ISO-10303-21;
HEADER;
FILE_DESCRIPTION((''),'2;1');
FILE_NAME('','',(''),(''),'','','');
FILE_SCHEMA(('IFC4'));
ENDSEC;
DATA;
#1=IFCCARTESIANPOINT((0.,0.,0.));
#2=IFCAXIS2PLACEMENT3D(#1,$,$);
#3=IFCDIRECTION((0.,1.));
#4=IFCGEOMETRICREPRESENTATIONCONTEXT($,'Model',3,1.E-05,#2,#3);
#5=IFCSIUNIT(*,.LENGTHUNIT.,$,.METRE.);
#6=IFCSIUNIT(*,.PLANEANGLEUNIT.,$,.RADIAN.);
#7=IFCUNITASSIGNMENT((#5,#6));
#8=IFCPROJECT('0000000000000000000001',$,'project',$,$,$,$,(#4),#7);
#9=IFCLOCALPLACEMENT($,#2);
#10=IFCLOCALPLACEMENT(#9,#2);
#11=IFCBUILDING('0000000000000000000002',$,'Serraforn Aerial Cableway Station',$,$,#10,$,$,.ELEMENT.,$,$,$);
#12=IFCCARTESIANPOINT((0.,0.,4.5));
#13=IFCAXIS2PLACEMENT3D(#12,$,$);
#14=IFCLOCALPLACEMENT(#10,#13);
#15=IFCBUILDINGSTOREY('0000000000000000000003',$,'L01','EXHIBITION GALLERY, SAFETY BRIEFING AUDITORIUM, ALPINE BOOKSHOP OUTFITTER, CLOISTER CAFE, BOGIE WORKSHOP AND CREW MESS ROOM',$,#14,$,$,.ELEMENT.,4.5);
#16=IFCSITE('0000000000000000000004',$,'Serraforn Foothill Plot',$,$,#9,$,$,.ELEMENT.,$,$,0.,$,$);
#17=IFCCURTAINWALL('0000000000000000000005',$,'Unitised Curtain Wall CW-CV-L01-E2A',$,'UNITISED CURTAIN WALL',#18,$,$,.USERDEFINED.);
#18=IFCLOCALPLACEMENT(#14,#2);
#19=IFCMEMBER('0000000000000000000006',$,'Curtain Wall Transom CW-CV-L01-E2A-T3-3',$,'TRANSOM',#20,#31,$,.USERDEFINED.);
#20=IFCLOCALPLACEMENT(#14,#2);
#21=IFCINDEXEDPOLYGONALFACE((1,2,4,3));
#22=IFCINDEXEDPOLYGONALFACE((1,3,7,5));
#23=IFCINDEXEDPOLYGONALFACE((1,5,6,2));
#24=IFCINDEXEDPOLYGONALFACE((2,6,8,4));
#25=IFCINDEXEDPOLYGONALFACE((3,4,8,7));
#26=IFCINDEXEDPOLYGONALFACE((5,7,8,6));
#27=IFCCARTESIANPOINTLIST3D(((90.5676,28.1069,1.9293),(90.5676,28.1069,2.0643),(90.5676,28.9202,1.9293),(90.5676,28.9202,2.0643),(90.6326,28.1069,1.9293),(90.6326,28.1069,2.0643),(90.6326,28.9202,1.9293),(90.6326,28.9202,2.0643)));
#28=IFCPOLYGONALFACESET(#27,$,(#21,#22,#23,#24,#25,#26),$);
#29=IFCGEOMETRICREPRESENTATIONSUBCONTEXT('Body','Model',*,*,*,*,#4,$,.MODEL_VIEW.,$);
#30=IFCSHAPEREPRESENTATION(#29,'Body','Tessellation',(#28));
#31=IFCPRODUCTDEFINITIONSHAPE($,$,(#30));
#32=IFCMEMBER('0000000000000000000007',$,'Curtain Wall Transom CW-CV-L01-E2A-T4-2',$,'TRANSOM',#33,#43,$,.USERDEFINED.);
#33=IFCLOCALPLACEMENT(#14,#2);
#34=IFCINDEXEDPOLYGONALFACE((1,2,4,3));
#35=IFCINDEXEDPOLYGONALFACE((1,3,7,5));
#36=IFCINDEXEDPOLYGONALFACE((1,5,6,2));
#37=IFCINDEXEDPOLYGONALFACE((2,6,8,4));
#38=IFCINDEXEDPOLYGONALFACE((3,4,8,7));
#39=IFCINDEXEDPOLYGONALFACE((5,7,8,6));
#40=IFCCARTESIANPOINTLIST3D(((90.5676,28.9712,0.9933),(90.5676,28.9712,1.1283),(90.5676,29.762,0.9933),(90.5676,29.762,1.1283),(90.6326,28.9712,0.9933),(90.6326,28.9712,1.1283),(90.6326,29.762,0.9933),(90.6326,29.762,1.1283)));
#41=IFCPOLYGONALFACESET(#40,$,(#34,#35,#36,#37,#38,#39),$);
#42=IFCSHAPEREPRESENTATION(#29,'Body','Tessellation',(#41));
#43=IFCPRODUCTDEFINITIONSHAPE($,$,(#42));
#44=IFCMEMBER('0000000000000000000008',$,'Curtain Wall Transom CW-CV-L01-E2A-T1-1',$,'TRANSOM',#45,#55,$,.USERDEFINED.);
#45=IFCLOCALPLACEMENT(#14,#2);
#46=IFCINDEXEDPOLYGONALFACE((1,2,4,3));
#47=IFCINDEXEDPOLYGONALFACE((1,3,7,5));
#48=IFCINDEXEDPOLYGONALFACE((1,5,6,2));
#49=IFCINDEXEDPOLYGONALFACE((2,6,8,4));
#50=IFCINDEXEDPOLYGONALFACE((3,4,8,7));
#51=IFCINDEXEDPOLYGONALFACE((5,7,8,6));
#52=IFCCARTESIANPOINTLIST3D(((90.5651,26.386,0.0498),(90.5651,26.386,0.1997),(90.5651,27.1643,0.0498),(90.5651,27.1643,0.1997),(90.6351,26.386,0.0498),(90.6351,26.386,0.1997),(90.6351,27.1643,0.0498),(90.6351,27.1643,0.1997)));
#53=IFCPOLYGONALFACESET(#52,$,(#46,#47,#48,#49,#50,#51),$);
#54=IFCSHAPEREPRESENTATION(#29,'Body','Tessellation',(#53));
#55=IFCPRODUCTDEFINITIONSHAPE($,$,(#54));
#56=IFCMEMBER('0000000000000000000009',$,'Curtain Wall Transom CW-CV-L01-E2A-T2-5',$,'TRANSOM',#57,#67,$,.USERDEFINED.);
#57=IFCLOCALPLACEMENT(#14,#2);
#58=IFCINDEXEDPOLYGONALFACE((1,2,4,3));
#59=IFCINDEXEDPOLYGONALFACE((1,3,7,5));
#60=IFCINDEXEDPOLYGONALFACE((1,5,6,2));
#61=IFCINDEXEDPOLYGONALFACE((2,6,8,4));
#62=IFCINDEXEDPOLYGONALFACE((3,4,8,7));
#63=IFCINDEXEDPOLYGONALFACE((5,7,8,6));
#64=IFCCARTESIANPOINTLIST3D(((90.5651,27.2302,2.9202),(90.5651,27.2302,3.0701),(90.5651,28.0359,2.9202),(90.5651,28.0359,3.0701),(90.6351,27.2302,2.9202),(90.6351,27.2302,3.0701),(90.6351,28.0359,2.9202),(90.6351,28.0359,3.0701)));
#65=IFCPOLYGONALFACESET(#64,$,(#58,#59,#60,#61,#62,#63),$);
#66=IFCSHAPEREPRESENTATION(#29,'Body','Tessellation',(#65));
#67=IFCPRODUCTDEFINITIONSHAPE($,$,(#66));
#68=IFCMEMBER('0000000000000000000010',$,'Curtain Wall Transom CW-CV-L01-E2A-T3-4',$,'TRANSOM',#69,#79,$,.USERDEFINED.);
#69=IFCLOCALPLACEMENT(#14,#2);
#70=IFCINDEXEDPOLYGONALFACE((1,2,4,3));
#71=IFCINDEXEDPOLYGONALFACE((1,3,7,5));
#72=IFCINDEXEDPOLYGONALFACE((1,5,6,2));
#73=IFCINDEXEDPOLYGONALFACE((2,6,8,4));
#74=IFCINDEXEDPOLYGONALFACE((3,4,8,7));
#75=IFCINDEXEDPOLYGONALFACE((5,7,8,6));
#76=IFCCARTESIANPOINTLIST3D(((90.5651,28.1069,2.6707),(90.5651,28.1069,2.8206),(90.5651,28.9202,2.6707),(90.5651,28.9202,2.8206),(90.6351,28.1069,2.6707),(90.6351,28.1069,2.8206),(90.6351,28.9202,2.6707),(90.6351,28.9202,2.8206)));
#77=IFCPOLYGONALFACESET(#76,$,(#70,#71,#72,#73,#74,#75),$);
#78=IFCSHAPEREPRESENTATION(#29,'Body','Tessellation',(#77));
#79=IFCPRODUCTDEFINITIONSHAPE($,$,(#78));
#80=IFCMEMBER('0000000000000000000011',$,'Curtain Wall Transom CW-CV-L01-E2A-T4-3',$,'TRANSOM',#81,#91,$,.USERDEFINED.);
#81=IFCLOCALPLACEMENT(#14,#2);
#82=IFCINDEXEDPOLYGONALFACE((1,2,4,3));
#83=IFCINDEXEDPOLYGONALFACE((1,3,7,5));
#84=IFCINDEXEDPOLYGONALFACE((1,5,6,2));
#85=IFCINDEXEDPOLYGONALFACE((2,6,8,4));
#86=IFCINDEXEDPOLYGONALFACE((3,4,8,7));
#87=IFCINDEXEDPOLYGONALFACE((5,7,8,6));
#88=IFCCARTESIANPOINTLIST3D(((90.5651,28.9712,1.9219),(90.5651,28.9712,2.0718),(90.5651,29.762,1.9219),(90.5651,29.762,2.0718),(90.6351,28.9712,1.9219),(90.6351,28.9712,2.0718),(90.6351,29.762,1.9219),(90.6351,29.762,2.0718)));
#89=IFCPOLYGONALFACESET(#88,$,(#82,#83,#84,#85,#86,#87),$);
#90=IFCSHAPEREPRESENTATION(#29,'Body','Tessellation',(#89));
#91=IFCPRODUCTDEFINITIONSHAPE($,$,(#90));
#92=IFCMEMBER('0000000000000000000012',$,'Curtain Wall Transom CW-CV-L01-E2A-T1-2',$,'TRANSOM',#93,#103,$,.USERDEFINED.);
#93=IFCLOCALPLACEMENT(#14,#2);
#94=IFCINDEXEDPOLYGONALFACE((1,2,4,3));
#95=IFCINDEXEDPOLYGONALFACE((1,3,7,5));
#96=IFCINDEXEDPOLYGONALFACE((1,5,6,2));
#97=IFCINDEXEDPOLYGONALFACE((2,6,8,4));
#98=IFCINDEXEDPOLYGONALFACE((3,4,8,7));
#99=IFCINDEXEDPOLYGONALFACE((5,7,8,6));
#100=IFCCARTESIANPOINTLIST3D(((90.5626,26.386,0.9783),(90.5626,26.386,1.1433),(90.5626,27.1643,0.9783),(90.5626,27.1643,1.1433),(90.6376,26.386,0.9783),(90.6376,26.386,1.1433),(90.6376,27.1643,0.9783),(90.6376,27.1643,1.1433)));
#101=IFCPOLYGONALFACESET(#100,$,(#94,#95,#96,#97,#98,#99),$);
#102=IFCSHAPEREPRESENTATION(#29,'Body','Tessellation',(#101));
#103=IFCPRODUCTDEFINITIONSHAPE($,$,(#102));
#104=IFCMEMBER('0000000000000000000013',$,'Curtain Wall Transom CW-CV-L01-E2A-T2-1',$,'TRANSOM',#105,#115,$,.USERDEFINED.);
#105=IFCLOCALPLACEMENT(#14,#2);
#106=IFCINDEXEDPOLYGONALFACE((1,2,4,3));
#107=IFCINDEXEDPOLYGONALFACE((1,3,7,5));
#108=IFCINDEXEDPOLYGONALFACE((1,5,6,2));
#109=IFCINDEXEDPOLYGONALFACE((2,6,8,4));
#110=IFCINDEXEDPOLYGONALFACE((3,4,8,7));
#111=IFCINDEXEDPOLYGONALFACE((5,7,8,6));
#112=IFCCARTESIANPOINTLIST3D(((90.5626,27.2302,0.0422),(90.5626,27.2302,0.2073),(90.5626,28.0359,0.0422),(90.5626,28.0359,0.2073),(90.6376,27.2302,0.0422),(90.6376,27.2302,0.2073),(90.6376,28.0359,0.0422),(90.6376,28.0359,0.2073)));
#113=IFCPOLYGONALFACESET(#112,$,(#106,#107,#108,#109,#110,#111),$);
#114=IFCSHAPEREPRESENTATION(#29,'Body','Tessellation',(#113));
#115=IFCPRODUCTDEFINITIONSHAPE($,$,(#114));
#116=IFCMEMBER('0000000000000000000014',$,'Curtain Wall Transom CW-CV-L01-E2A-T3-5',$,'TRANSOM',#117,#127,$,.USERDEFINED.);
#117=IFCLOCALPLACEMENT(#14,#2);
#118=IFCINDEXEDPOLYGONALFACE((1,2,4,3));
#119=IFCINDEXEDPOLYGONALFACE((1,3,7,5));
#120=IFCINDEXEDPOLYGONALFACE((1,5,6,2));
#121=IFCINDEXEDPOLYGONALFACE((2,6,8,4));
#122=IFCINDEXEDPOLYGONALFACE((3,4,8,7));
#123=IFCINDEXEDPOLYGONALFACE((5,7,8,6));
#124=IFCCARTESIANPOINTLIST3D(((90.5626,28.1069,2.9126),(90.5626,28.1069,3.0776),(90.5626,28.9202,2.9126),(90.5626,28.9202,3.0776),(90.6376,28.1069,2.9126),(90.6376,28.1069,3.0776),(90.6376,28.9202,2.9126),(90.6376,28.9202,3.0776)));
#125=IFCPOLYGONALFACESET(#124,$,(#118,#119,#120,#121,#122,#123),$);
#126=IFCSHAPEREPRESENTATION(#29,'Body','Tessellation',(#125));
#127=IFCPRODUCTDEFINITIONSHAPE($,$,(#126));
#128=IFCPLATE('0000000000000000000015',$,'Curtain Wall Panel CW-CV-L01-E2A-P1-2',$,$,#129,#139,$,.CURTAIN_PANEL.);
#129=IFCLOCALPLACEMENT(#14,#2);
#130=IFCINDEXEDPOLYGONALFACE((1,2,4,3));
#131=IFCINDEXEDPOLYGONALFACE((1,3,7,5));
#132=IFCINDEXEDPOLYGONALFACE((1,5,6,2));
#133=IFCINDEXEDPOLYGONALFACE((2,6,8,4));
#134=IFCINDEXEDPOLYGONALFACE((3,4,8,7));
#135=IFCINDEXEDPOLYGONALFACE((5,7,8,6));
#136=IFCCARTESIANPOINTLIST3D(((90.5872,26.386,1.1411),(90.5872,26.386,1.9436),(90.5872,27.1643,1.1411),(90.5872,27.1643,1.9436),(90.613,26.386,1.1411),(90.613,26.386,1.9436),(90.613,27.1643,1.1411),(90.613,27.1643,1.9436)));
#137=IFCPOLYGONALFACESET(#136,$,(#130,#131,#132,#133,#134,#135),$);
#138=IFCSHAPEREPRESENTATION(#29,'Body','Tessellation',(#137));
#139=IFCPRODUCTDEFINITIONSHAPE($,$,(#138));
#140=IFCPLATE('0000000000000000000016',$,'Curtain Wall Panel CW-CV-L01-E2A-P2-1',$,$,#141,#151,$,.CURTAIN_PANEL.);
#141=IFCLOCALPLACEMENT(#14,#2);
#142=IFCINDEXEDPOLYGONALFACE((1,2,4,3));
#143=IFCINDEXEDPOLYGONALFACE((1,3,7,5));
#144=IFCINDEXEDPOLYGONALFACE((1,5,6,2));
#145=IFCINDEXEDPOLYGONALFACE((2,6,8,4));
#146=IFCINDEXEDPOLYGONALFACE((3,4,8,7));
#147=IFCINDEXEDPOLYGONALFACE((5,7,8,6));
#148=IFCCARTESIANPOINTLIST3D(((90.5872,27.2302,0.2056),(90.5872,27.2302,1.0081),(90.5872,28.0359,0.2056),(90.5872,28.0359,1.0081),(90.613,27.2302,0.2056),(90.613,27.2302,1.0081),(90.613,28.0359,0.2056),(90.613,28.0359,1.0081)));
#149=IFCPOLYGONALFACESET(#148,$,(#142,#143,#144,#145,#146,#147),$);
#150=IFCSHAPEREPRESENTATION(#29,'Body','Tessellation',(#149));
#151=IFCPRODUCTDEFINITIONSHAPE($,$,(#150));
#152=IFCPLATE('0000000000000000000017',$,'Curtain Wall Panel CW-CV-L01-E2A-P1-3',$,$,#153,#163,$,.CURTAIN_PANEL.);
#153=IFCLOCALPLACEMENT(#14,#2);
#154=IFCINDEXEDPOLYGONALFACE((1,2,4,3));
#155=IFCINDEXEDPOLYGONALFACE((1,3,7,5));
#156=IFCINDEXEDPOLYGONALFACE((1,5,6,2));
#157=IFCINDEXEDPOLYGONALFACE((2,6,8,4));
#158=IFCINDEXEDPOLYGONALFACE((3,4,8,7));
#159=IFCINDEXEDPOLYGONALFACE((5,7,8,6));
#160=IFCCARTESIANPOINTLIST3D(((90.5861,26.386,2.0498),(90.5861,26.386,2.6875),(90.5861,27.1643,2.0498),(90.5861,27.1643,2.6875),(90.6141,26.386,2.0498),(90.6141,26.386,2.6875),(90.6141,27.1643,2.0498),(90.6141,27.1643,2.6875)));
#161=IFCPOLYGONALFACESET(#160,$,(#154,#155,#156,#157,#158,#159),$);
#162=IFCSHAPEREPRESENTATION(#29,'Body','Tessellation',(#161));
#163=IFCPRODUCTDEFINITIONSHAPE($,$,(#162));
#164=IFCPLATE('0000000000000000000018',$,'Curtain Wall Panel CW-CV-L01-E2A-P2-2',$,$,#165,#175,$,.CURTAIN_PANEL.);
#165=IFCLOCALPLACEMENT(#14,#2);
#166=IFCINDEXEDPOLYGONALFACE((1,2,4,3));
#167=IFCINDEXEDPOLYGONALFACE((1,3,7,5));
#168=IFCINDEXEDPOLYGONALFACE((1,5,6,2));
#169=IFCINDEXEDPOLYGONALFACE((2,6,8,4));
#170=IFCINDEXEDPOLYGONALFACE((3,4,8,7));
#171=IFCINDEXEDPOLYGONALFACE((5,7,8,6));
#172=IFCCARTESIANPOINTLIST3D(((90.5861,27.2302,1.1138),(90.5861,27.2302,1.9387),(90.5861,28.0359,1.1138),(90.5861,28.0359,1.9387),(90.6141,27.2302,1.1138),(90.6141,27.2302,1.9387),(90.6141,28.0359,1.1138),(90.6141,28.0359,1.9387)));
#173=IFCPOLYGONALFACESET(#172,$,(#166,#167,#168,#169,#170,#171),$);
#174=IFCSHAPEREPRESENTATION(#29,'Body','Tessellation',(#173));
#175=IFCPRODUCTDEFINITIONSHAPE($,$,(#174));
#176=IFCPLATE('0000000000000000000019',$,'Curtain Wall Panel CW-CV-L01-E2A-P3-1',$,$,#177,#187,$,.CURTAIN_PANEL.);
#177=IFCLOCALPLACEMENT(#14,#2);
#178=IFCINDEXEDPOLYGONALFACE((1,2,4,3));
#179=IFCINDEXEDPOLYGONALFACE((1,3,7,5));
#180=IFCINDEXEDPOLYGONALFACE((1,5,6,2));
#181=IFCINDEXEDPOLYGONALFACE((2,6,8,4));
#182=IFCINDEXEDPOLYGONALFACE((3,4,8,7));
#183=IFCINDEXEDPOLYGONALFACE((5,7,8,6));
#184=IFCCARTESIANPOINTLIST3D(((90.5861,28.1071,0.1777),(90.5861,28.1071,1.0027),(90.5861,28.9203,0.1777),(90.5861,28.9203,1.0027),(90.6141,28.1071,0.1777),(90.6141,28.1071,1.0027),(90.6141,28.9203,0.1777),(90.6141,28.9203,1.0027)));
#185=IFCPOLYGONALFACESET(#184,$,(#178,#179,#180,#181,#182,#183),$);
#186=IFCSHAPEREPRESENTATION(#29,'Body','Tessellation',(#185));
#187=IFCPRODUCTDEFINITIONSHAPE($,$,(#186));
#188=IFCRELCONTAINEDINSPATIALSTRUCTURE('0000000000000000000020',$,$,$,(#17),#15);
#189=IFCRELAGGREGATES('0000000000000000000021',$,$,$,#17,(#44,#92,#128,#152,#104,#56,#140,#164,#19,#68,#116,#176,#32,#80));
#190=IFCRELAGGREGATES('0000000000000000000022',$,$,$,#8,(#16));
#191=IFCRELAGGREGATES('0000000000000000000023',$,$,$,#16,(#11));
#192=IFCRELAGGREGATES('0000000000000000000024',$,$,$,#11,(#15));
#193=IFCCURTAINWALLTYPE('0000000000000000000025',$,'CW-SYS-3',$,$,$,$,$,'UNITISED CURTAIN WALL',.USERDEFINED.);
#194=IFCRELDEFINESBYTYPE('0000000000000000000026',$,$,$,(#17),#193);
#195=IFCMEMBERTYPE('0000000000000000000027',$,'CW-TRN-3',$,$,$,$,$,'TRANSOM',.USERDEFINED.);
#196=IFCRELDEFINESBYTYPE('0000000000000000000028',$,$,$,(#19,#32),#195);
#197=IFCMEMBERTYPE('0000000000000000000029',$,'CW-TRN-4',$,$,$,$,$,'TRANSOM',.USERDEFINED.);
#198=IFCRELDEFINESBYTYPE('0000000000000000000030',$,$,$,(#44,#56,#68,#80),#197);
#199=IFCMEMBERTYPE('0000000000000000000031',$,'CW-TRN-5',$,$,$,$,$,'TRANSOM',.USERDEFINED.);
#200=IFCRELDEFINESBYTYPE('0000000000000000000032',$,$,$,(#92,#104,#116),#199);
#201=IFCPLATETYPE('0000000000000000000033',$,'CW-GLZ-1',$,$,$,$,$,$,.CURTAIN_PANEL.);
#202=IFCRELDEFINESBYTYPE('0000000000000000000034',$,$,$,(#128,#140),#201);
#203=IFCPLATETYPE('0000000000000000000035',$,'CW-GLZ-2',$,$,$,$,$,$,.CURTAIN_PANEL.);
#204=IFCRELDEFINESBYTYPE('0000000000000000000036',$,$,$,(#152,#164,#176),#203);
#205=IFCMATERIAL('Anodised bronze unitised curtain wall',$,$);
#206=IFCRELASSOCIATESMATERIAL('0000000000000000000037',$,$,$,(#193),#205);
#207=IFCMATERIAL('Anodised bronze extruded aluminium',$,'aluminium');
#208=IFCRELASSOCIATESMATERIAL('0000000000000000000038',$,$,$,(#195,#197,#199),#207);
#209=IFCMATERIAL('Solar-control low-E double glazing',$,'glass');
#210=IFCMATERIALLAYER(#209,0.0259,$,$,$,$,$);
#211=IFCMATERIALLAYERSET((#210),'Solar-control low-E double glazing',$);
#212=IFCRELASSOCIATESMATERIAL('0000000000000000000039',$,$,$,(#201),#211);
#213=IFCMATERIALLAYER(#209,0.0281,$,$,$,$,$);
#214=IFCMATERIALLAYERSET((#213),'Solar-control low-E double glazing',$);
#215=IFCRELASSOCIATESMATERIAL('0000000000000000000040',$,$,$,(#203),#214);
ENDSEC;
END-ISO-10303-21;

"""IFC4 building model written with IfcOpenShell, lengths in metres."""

from ifc_helpers import new_model, si_unit, direction, frame, origin, origin_2d, place, context, subcontext, project, spatial, rectangle, extrude, material, layer, layer_set, material_profile, profile_set, type_object, element, aggregate, save


model = new_model("IFC4")

# Units and contexts
model_context = context("Model", 3, precision=1e-05, world=origin(), true_north=direction((0.0, 1.0)))
body_context = subcontext(model_context, "Body", "Model", "MODEL_VIEW")
ifc_project = project(units=[si_unit("LENGTHUNIT", "METRE"), si_unit("PLANEANGLEUNIT", "RADIAN")], contexts=[model_context])

# Site, building, storey
site_placement = place(None, origin())
site = spatial("IfcSite", under=ifc_project, at=site_placement, Name="Serraforn Foothill Plot", CompositionType="ELEMENT", RefElevation=0.0)
building_placement = place(site_placement, origin())
building = spatial("IfcBuilding", under=site, at=building_placement, Name="Serraforn Aerial Cableway Station", CompositionType="ELEMENT")
storey_placement = place(building_placement, frame((0.0, 0.0, 4.5)))
storey = spatial("IfcBuildingStorey", under=building, at=storey_placement, Name="L01", Description="EXHIBITION GALLERY, SAFETY BRIEFING AUDITORIUM, ALPINE BOOKSHOP OUTFITTER, CLOISTER CAFE, BOGIE WORKSHOP AND CREW MESS ROOM", CompositionType="ELEMENT", Elevation=4.5)

# Curtain wall, members, plates
ifc_material_1 = material(Name="Anodised bronze unitised curtain wall")
curtain_wall_type = type_object("IfcCurtainWallType", Name="CW-SYS-3", ElementType="UNITISED CURTAIN WALL", PredefinedType="USERDEFINED", material=ifc_material_1)
curtain_wall_placement = place(storey_placement, origin())
curtain_wall = element("IfcCurtainWall", 1, at=curtain_wall_placement, inside=storey, type_object=curtain_wall_type, Name="Unitised Curtain Wall CW-CV-L01-E2A", ObjectType="UNITISED CURTAIN WALL", PredefinedType="USERDEFINED")
ifc_material_2 = material(Name="Anodised bronze extruded aluminium", Category="aluminium")
ifc_material_profile_1 = material_profile(ifc_material_2, rectangle(XDim=0.0649, YDim=0.135, at=origin_2d()), Name="CW TRANSOM 65x135")
ifc_profile_set_1 = profile_set([ifc_material_profile_1], Name="Anodised bronze extruded aluminium")
member_type_1 = type_object("IfcMemberType", Name="CW-TRN-3", ElementType="TRANSOM", PredefinedType="USERDEFINED", material=ifc_profile_set_1)
member_1_placement = place(storey_placement, frame((90.6001, 28.1069, 1.9968), z_axis=(0.0, 1.0, 0.0), x_axis=(-1.0, 0.0, 0.0)))
member_1 = element("IfcMember", 2, at=member_1_placement, type_object=member_type_1, Name="Curtain Wall Transom CW-CV-L01-E2A-T3-3", ObjectType="TRANSOM", PredefinedType="USERDEFINED", context=body_context, shape_type="SweptSolid", body=[
    extrude(rectangle(XDim=0.0649, YDim=0.135, at=origin_2d()), origin(), (0.0, 0.0, 1.0), 0.8132),
])
member_2_placement = place(storey_placement, frame((90.6001, 28.9712, 1.0608), z_axis=(0.0, 1.0, 0.0), x_axis=(-1.0, 0.0, 0.0)))
member_2 = element("IfcMember", 3, at=member_2_placement, type_object=member_type_1, Name="Curtain Wall Transom CW-CV-L01-E2A-T4-2", ObjectType="TRANSOM", PredefinedType="USERDEFINED", context=body_context, shape_type="SweptSolid", body=[
    extrude(rectangle(XDim=0.0649, YDim=0.135, at=origin_2d()), origin(), (0.0, 0.0, 1.0), 0.7908),
])
ifc_material_profile_2 = material_profile(ifc_material_2, rectangle(XDim=0.0701, YDim=0.1499, at=origin_2d()), Name="CW TRANSOM 70x150")
ifc_profile_set_2 = profile_set([ifc_material_profile_2], Name="Anodised bronze extruded aluminium")
member_type_2 = type_object("IfcMemberType", Name="CW-TRN-4", ElementType="TRANSOM", PredefinedType="USERDEFINED", material=ifc_profile_set_2)
member_3_placement = place(storey_placement, frame((90.6001, 26.386, 0.1248), z_axis=(0.0, 1.0, 0.0), x_axis=(-1.0, 0.0, 0.0)))
member_3 = element("IfcMember", 4, at=member_3_placement, type_object=member_type_2, Name="Curtain Wall Transom CW-CV-L01-E2A-T1-1", ObjectType="TRANSOM", PredefinedType="USERDEFINED", context=body_context, shape_type="SweptSolid", body=[
    extrude(rectangle(XDim=0.0701, YDim=0.1499, at=origin_2d()), origin(), (0.0, 0.0, 1.0), 0.7783),
])
member_4_placement = place(storey_placement, frame((90.6001, 27.2302, 2.9951), z_axis=(0.0, 1.0, 0.0), x_axis=(-1.0, 0.0, 0.0)))
member_4 = element("IfcMember", 5, at=member_4_placement, type_object=member_type_2, Name="Curtain Wall Transom CW-CV-L01-E2A-T2-5", ObjectType="TRANSOM", PredefinedType="USERDEFINED", context=body_context, shape_type="SweptSolid", body=[
    extrude(rectangle(XDim=0.0701, YDim=0.1499, at=origin_2d()), origin(), (0.0, 0.0, 1.0), 0.8057),
])
member_5_placement = place(storey_placement, frame((90.6001, 28.1069, 2.7456), z_axis=(0.0, 1.0, 0.0), x_axis=(-1.0, 0.0, 0.0)))
member_5 = element("IfcMember", 6, at=member_5_placement, type_object=member_type_2, Name="Curtain Wall Transom CW-CV-L01-E2A-T3-4", ObjectType="TRANSOM", PredefinedType="USERDEFINED", context=body_context, shape_type="SweptSolid", body=[
    extrude(rectangle(XDim=0.0701, YDim=0.1499, at=origin_2d()), origin(), (0.0, 0.0, 1.0), 0.8132),
])
member_6_placement = place(storey_placement, frame((90.6001, 28.9712, 1.9968), z_axis=(0.0, 1.0, 0.0), x_axis=(-1.0, 0.0, 0.0)))
member_6 = element("IfcMember", 7, at=member_6_placement, type_object=member_type_2, Name="Curtain Wall Transom CW-CV-L01-E2A-T4-3", ObjectType="TRANSOM", PredefinedType="USERDEFINED", context=body_context, shape_type="SweptSolid", body=[
    extrude(rectangle(XDim=0.0701, YDim=0.1499, at=origin_2d()), origin(), (0.0, 0.0, 1.0), 0.7908),
])
ifc_material_profile_3 = material_profile(ifc_material_2, rectangle(XDim=0.075, YDim=0.165, at=origin_2d()), Name="CW TRANSOM 75x165")
ifc_profile_set_3 = profile_set([ifc_material_profile_3], Name="Anodised bronze extruded aluminium")
member_type_3 = type_object("IfcMemberType", Name="CW-TRN-5", ElementType="TRANSOM", PredefinedType="USERDEFINED", material=ifc_profile_set_3)
member_7_placement = place(storey_placement, frame((90.6001, 26.386, 1.0608), z_axis=(0.0, 1.0, 0.0), x_axis=(-1.0, 0.0, 0.0)))
member_7 = element("IfcMember", 8, at=member_7_placement, type_object=member_type_3, Name="Curtain Wall Transom CW-CV-L01-E2A-T1-2", ObjectType="TRANSOM", PredefinedType="USERDEFINED", context=body_context, shape_type="SweptSolid", body=[
    extrude(rectangle(XDim=0.075, YDim=0.165, at=origin_2d()), origin(), (0.0, 0.0, 1.0), 0.7783),
])
member_8_placement = place(storey_placement, frame((90.6001, 27.2302, 0.1248), z_axis=(0.0, 1.0, 0.0), x_axis=(-1.0, 0.0, 0.0)))
member_8 = element("IfcMember", 9, at=member_8_placement, type_object=member_type_3, Name="Curtain Wall Transom CW-CV-L01-E2A-T2-1", ObjectType="TRANSOM", PredefinedType="USERDEFINED", context=body_context, shape_type="SweptSolid", body=[
    extrude(rectangle(XDim=0.075, YDim=0.165, at=origin_2d()), origin(), (0.0, 0.0, 1.0), 0.8057),
])
member_9_placement = place(storey_placement, frame((90.6001, 28.1069, 2.9951), z_axis=(0.0, 1.0, 0.0), x_axis=(-1.0, 0.0, 0.0)))
member_9 = element("IfcMember", 10, at=member_9_placement, type_object=member_type_3, Name="Curtain Wall Transom CW-CV-L01-E2A-T3-5", ObjectType="TRANSOM", PredefinedType="USERDEFINED", context=body_context, shape_type="SweptSolid", body=[
    extrude(rectangle(XDim=0.075, YDim=0.165, at=origin_2d()), origin(), (0.0, 0.0, 1.0), 0.8132),
])
ifc_material_3 = material(Name="Solar-control low-E double glazing", Category="glass")
ifc_layer_1 = layer(ifc_material_3, 0.0259)
ifc_layer_set_1 = layer_set([ifc_layer_1], Name="Solar-control low-E double glazing")
plate_type_1 = type_object("IfcPlateType", Name="CW-GLZ-1", PredefinedType="CURTAIN_PANEL", material=ifc_layer_set_1)
plate_1_placement = place(storey_placement, frame((90.6001, 26.7751, 1.1411), z_axis=(0.0, 0.0, 1.0), x_axis=(1.0, 0.0, 0.0)))
plate_1 = element("IfcPlate", 11, at=plate_1_placement, type_object=plate_type_1, Name="Curtain Wall Panel CW-CV-L01-E2A-P1-2", PredefinedType="CURTAIN_PANEL", context=body_context, shape_type="SweptSolid", body=[
    extrude(rectangle(XDim=0.0259, YDim=0.7783, at=origin_2d()), origin(), (0.0, 0.0, 1.0), 0.8025),
])
plate_2_placement = place(storey_placement, frame((90.6001, 27.6331, 0.2056), z_axis=(0.0, 0.0, 1.0), x_axis=(1.0, 0.0, 0.0)))
plate_2 = element("IfcPlate", 12, at=plate_2_placement, type_object=plate_type_1, Name="Curtain Wall Panel CW-CV-L01-E2A-P2-1", PredefinedType="CURTAIN_PANEL", context=body_context, shape_type="SweptSolid", body=[
    extrude(rectangle(XDim=0.0259, YDim=0.8057, at=origin_2d()), origin(), (0.0, 0.0, 1.0), 0.8025),
])
ifc_layer_2 = layer(ifc_material_3, 0.0281)
ifc_layer_set_2 = layer_set([ifc_layer_2], Name="Solar-control low-E double glazing")
plate_type_2 = type_object("IfcPlateType", Name="CW-GLZ-2", PredefinedType="CURTAIN_PANEL", material=ifc_layer_set_2)
plate_3_placement = place(storey_placement, frame((90.6001, 26.7751, 2.0498), z_axis=(0.0, 0.0, 1.0), x_axis=(1.0, 0.0, 0.0)))
plate_3 = element("IfcPlate", 13, at=plate_3_placement, type_object=plate_type_2, Name="Curtain Wall Panel CW-CV-L01-E2A-P1-3", PredefinedType="CURTAIN_PANEL", context=body_context, shape_type="SweptSolid", body=[
    extrude(rectangle(XDim=0.0281, YDim=0.7783, at=origin_2d()), origin(), (0.0, 0.0, 1.0), 0.6377),
])
plate_4_placement = place(storey_placement, frame((90.6001, 27.6331, 1.1138), z_axis=(0.0, 0.0, 1.0), x_axis=(1.0, 0.0, 0.0)))
plate_4 = element("IfcPlate", 14, at=plate_4_placement, type_object=plate_type_2, Name="Curtain Wall Panel CW-CV-L01-E2A-P2-2", PredefinedType="CURTAIN_PANEL", context=body_context, shape_type="SweptSolid", body=[
    extrude(rectangle(XDim=0.0281, YDim=0.8057, at=origin_2d()), origin(), (0.0, 0.0, 1.0), 0.825),
])
plate_5_placement = place(storey_placement, frame((90.6001, 28.5137, 0.1777), z_axis=(0.0, 0.0, 1.0), x_axis=(1.0, 0.0, 0.0)))
plate_5 = element("IfcPlate", 15, at=plate_5_placement, type_object=plate_type_2, Name="Curtain Wall Panel CW-CV-L01-E2A-P3-1", PredefinedType="CURTAIN_PANEL", context=body_context, shape_type="SweptSolid", body=[
    extrude(rectangle(XDim=0.0281, YDim=0.8132, at=origin_2d()), origin(), (0.0, 0.0, 1.0), 0.825),
])
aggregate(curtain_wall, [member_3, member_7, plate_1, plate_3, member_8, member_4, plate_2, plate_4, member_1, member_5, member_9, plate_5, member_2, member_6])

save(model, "model.ifc")
